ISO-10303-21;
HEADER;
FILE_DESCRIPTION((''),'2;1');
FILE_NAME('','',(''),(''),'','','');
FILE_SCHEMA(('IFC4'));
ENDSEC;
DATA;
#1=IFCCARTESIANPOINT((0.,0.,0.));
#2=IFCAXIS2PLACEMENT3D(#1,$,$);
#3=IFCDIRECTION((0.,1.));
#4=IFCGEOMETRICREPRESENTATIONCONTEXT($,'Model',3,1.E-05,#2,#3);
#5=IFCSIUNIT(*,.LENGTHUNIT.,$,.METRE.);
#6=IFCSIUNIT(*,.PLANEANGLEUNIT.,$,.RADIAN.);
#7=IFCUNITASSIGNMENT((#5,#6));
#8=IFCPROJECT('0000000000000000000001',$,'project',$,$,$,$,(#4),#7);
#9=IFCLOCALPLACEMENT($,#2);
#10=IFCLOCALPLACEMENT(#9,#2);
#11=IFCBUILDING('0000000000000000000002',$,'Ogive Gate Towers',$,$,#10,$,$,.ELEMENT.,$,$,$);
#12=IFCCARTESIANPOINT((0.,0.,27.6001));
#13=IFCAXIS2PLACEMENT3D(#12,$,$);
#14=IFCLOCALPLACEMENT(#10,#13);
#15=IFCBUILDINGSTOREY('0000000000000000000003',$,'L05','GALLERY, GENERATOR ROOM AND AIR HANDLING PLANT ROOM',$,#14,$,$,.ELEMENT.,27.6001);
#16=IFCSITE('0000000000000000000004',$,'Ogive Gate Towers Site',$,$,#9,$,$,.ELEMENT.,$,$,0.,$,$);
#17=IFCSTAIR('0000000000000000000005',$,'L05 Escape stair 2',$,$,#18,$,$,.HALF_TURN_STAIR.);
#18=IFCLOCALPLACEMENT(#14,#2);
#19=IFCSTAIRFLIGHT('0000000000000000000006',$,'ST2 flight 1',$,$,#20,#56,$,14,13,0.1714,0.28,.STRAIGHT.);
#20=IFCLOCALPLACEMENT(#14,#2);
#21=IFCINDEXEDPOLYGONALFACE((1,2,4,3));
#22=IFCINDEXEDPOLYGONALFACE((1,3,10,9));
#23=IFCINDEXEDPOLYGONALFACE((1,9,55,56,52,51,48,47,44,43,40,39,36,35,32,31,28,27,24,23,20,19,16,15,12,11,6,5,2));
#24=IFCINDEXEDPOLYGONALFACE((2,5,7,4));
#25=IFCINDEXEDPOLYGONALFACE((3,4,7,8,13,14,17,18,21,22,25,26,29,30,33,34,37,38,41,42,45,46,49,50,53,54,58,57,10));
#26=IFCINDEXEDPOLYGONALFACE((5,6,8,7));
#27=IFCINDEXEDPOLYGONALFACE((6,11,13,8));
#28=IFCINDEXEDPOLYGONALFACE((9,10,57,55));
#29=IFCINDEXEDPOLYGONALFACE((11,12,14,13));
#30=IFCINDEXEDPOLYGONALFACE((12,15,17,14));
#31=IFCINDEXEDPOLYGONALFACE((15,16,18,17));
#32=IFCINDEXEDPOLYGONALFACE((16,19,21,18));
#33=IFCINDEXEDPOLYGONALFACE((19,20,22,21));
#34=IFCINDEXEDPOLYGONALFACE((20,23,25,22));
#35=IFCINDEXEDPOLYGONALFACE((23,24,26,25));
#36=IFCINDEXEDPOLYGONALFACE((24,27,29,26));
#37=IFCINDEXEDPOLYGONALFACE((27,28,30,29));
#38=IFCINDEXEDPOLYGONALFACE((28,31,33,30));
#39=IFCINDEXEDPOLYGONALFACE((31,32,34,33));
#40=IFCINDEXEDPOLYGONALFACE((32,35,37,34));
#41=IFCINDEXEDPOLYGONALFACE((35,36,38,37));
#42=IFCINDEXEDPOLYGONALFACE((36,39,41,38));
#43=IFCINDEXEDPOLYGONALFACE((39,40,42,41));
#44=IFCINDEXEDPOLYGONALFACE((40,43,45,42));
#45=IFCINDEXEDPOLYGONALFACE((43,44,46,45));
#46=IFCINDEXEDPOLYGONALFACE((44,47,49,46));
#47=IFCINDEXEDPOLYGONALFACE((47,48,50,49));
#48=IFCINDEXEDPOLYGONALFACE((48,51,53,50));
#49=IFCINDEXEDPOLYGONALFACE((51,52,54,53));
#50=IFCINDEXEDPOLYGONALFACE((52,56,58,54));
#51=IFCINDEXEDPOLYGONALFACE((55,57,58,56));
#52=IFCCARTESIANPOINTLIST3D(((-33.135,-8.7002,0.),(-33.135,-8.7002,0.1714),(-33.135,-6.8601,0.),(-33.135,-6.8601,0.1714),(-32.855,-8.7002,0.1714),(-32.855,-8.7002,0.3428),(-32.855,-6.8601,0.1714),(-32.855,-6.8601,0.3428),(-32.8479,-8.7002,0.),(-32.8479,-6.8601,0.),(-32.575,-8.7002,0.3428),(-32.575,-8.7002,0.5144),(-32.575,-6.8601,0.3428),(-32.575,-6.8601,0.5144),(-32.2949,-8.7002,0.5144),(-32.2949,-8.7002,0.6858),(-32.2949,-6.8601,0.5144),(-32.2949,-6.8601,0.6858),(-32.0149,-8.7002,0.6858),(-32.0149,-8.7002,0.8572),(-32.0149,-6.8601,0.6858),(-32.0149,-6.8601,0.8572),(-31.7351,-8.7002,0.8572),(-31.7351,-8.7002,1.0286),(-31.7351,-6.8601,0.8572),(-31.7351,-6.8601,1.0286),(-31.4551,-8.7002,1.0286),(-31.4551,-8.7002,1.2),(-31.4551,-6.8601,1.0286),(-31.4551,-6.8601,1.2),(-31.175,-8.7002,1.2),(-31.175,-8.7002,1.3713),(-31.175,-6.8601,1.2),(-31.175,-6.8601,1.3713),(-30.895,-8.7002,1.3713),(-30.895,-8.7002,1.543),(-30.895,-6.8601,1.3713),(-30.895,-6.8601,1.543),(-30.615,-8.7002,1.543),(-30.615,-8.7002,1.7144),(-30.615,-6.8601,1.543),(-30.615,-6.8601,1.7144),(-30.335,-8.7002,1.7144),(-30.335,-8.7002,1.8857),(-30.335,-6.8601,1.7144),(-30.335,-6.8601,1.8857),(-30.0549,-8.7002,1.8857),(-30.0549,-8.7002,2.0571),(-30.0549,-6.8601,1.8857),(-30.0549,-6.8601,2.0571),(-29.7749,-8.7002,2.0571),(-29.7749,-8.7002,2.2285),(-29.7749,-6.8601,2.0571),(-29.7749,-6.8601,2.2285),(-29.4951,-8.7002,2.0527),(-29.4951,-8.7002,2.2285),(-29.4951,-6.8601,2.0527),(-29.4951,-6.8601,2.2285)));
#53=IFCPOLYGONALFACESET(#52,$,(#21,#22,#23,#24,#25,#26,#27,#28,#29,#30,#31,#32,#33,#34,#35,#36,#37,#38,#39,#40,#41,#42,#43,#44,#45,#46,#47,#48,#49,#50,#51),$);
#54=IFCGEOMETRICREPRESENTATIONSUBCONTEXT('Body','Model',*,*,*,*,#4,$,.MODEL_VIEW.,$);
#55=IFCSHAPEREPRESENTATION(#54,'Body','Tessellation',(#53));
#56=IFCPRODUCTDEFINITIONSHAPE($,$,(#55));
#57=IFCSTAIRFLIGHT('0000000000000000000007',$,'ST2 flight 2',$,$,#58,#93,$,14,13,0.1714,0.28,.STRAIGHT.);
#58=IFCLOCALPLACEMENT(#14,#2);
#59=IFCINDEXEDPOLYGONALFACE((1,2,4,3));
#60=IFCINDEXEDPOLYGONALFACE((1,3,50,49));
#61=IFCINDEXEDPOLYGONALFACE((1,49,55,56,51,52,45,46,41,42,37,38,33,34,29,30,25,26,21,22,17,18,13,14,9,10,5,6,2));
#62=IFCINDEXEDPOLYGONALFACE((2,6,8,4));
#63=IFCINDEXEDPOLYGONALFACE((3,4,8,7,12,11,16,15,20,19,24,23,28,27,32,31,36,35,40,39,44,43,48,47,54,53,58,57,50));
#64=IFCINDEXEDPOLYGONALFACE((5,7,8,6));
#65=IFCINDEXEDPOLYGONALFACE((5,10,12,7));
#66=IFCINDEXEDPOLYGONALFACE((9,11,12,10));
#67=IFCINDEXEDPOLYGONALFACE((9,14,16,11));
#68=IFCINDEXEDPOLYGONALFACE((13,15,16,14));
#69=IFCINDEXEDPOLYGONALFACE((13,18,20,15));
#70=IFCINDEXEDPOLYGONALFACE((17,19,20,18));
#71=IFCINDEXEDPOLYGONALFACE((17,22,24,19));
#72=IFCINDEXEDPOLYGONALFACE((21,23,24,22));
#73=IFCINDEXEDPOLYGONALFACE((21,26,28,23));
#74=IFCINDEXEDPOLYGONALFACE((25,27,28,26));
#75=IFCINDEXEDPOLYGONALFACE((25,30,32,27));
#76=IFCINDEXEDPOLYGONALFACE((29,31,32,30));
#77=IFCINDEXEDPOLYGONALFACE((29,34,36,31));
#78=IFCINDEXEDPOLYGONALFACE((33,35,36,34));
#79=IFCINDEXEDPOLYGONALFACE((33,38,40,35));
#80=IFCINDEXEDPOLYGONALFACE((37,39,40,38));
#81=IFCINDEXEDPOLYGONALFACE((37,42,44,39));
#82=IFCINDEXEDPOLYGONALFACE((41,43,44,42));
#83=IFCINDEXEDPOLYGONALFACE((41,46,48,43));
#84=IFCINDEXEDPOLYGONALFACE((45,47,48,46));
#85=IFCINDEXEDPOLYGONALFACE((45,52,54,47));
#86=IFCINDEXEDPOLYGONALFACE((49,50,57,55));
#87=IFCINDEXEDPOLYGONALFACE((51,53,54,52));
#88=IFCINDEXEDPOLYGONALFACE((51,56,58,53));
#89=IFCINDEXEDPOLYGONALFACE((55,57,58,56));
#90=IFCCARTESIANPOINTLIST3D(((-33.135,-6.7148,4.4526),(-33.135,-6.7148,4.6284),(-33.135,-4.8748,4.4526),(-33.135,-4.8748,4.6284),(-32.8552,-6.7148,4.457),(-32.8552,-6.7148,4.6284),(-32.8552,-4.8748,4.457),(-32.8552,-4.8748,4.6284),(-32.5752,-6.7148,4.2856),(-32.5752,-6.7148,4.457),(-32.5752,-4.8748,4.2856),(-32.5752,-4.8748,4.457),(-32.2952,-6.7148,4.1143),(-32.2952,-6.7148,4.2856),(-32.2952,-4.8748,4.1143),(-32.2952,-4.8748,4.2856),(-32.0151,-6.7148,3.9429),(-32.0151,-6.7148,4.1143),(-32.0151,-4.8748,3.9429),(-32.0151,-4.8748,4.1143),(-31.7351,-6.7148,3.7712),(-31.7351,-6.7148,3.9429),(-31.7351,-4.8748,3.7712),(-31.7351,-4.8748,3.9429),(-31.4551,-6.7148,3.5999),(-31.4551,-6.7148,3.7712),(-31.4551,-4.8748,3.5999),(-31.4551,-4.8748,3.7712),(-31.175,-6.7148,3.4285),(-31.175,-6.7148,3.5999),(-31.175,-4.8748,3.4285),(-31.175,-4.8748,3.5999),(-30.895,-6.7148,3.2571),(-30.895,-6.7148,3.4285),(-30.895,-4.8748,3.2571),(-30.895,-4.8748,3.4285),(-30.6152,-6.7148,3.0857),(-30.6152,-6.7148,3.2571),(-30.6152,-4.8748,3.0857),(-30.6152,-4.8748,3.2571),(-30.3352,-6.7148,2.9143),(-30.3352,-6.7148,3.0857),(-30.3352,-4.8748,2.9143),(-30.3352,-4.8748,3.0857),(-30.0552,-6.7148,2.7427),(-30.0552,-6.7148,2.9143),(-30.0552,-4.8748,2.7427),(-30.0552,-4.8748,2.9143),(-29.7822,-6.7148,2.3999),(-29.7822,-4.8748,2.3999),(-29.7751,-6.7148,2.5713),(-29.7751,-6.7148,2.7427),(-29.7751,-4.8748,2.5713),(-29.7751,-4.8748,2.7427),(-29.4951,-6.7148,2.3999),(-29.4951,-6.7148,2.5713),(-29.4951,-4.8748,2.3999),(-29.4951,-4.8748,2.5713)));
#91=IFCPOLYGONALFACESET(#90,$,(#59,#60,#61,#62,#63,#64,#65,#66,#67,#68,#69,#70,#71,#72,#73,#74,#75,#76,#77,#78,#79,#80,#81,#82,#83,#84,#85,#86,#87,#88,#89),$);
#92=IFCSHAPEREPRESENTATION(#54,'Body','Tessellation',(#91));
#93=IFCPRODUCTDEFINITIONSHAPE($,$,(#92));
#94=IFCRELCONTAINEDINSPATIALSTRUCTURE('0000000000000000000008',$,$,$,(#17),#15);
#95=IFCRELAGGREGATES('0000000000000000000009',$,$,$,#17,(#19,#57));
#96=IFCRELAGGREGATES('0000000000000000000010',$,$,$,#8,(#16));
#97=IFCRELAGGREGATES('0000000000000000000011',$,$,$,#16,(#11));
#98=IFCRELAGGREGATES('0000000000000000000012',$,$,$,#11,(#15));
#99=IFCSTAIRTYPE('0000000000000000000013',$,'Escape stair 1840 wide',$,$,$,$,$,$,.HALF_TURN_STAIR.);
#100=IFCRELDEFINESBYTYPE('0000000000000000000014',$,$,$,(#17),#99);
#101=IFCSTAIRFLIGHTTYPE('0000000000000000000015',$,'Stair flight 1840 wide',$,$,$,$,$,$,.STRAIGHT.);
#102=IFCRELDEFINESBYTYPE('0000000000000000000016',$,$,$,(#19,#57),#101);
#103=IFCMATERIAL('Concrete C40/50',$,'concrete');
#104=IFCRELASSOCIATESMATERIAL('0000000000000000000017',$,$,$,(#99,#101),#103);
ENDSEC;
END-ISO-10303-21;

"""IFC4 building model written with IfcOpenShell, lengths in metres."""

from ifc_helpers import new_model, si_unit, direction, frame, origin, place, context, subcontext, project, spatial, polyline, outline, extrude, material, type_object, element, aggregate, save


model = new_model("IFC4")

# Units and contexts
model_context = context("Model", 3, precision=1e-05, world=origin(), true_north=direction((0.0, 1.0)))
body_context = subcontext(model_context, "Body", "Model", "MODEL_VIEW")
ifc_project = project(units=[si_unit("LENGTHUNIT", "METRE"), si_unit("PLANEANGLEUNIT", "RADIAN")], contexts=[model_context])

# Site, building, storey
site_placement = place(None, origin())
site = spatial("IfcSite", under=ifc_project, at=site_placement, Name="Ogive Gate Towers Site", CompositionType="ELEMENT", RefElevation=0.0)
building_placement = place(site_placement, origin())
building = spatial("IfcBuilding", under=site, at=building_placement, Name="Ogive Gate Towers", CompositionType="ELEMENT")
storey_placement = place(building_placement, frame((0.0, 0.0, 27.6001)))
storey = spatial("IfcBuildingStorey", under=building, at=storey_placement, Name="L05", Description="GALLERY, GENERATOR ROOM AND AIR HANDLING PLANT ROOM", CompositionType="ELEMENT", Elevation=27.6001)

# Stair, stair flights
ifc_material_1 = material(Name="Concrete C40/50", Category="concrete")
stair_type = type_object("IfcStairType", Name="Escape stair 1840 wide", PredefinedType="HALF_TURN_STAIR", material=ifc_material_1)
stair_placement = place(storey_placement, origin())
stair = element("IfcStair", 1, at=stair_placement, inside=storey, type_object=stair_type, Name="L05 Escape stair 2", PredefinedType="HALF_TURN_STAIR")
stair_flight_type = type_object("IfcStairFlightType", Name="Stair flight 1840 wide", PredefinedType="STRAIGHT", material=ifc_material_1)
stair_flight_1_placement = place(storey_placement, frame((-33.135, -7.78, 0.0), z_axis=(0.0, 0.0, 1.0), x_axis=(1.0, 0.0, 0.0)))
stair_flight_1 = element("IfcStairFlight", 2, at=stair_flight_1_placement, type_object=stair_flight_type, Name="ST2 flight 1", NumberOfRisers=14, NumberOfTreads=13, PredefinedType="STRAIGHT", RiserHeight=0.1714, TreadLength=0.28, context=body_context, shape_type="SweptSolid", body=[
    extrude(outline(polyline([(0.0, 0.0), (0.0, 0.1714), (0.28, 0.1714), (0.28, 0.3428), (0.5601, 0.3428), (0.5601, 0.5144), (0.8401, 0.5144), (0.8401, 0.6858), (1.1201, 0.6858), (1.1201, 0.8572), (1.3999, 0.8572), (1.3999, 1.0286), (1.6799, 1.0286), (1.6799, 1.2), (1.96, 1.2), (1.96, 1.3713), (2.24, 1.3713), (2.24, 1.543), (2.52, 1.543), (2.52, 1.7144), (2.8, 1.7144), (2.8, 1.8857), (3.0801, 1.8857), (3.0801, 2.0571), (3.3601, 2.0571), (3.3601, 2.2285), (3.6399, 2.2285), (3.6399, 2.3999), (3.6399, 2.0527), (0.2871, 0.0), (0.0, 0.0)])), frame((0.0, 0.9199, 0.0), z_axis=(0.0, -1.0, 0.0), x_axis=(1.0, 0.0, 0.0)), (0.0, 0.0, 1.0), 1.8401),
])
stair_flight_2_placement = place(storey_placement, frame((-29.4951, -5.7949, 2.3999), z_axis=(0.0, 0.0, 1.0), x_axis=(-1.0, 0.0, 0.0)))
stair_flight_2 = element("IfcStairFlight", 3, at=stair_flight_2_placement, type_object=stair_flight_type, Name="ST2 flight 2", NumberOfRisers=14, NumberOfTreads=13, PredefinedType="STRAIGHT", RiserHeight=0.1714, TreadLength=0.28, context=body_context, shape_type="SweptSolid", body=[
    extrude(outline(polyline([(0.0, 0.0), (0.0, 0.1714), (0.28, 0.1714), (0.28, 0.3428), (0.5601, 0.3428), (0.5601, 0.5144), (0.8401, 0.5144), (0.8401, 0.6858), (1.1201, 0.6858), (1.1201, 0.8572), (1.3999, 0.8572), (1.3999, 1.0286), (1.6799, 1.0286), (1.6799, 1.2), (1.96, 1.2), (1.96, 1.3713), (2.24, 1.3713), (2.24, 1.543), (2.52, 1.543), (2.52, 1.7144), (2.8, 1.7144), (2.8, 1.8857), (3.0801, 1.8857), (3.0801, 2.0571), (3.3601, 2.0571), (3.3601, 2.2285), (3.6399, 2.2285), (3.6399, 2.3999), (3.6399, 2.0527), (0.2871, 0.0), (0.0, 0.0)])), frame((0.0, 0.9199, 0.0), z_axis=(0.0, -1.0, 0.0), x_axis=(1.0, 0.0, 0.0)), (0.0, 0.0, 1.0), 1.8401),
])
aggregate(stair, [stair_flight_1, stair_flight_2])

save(model, "model.ifc")
